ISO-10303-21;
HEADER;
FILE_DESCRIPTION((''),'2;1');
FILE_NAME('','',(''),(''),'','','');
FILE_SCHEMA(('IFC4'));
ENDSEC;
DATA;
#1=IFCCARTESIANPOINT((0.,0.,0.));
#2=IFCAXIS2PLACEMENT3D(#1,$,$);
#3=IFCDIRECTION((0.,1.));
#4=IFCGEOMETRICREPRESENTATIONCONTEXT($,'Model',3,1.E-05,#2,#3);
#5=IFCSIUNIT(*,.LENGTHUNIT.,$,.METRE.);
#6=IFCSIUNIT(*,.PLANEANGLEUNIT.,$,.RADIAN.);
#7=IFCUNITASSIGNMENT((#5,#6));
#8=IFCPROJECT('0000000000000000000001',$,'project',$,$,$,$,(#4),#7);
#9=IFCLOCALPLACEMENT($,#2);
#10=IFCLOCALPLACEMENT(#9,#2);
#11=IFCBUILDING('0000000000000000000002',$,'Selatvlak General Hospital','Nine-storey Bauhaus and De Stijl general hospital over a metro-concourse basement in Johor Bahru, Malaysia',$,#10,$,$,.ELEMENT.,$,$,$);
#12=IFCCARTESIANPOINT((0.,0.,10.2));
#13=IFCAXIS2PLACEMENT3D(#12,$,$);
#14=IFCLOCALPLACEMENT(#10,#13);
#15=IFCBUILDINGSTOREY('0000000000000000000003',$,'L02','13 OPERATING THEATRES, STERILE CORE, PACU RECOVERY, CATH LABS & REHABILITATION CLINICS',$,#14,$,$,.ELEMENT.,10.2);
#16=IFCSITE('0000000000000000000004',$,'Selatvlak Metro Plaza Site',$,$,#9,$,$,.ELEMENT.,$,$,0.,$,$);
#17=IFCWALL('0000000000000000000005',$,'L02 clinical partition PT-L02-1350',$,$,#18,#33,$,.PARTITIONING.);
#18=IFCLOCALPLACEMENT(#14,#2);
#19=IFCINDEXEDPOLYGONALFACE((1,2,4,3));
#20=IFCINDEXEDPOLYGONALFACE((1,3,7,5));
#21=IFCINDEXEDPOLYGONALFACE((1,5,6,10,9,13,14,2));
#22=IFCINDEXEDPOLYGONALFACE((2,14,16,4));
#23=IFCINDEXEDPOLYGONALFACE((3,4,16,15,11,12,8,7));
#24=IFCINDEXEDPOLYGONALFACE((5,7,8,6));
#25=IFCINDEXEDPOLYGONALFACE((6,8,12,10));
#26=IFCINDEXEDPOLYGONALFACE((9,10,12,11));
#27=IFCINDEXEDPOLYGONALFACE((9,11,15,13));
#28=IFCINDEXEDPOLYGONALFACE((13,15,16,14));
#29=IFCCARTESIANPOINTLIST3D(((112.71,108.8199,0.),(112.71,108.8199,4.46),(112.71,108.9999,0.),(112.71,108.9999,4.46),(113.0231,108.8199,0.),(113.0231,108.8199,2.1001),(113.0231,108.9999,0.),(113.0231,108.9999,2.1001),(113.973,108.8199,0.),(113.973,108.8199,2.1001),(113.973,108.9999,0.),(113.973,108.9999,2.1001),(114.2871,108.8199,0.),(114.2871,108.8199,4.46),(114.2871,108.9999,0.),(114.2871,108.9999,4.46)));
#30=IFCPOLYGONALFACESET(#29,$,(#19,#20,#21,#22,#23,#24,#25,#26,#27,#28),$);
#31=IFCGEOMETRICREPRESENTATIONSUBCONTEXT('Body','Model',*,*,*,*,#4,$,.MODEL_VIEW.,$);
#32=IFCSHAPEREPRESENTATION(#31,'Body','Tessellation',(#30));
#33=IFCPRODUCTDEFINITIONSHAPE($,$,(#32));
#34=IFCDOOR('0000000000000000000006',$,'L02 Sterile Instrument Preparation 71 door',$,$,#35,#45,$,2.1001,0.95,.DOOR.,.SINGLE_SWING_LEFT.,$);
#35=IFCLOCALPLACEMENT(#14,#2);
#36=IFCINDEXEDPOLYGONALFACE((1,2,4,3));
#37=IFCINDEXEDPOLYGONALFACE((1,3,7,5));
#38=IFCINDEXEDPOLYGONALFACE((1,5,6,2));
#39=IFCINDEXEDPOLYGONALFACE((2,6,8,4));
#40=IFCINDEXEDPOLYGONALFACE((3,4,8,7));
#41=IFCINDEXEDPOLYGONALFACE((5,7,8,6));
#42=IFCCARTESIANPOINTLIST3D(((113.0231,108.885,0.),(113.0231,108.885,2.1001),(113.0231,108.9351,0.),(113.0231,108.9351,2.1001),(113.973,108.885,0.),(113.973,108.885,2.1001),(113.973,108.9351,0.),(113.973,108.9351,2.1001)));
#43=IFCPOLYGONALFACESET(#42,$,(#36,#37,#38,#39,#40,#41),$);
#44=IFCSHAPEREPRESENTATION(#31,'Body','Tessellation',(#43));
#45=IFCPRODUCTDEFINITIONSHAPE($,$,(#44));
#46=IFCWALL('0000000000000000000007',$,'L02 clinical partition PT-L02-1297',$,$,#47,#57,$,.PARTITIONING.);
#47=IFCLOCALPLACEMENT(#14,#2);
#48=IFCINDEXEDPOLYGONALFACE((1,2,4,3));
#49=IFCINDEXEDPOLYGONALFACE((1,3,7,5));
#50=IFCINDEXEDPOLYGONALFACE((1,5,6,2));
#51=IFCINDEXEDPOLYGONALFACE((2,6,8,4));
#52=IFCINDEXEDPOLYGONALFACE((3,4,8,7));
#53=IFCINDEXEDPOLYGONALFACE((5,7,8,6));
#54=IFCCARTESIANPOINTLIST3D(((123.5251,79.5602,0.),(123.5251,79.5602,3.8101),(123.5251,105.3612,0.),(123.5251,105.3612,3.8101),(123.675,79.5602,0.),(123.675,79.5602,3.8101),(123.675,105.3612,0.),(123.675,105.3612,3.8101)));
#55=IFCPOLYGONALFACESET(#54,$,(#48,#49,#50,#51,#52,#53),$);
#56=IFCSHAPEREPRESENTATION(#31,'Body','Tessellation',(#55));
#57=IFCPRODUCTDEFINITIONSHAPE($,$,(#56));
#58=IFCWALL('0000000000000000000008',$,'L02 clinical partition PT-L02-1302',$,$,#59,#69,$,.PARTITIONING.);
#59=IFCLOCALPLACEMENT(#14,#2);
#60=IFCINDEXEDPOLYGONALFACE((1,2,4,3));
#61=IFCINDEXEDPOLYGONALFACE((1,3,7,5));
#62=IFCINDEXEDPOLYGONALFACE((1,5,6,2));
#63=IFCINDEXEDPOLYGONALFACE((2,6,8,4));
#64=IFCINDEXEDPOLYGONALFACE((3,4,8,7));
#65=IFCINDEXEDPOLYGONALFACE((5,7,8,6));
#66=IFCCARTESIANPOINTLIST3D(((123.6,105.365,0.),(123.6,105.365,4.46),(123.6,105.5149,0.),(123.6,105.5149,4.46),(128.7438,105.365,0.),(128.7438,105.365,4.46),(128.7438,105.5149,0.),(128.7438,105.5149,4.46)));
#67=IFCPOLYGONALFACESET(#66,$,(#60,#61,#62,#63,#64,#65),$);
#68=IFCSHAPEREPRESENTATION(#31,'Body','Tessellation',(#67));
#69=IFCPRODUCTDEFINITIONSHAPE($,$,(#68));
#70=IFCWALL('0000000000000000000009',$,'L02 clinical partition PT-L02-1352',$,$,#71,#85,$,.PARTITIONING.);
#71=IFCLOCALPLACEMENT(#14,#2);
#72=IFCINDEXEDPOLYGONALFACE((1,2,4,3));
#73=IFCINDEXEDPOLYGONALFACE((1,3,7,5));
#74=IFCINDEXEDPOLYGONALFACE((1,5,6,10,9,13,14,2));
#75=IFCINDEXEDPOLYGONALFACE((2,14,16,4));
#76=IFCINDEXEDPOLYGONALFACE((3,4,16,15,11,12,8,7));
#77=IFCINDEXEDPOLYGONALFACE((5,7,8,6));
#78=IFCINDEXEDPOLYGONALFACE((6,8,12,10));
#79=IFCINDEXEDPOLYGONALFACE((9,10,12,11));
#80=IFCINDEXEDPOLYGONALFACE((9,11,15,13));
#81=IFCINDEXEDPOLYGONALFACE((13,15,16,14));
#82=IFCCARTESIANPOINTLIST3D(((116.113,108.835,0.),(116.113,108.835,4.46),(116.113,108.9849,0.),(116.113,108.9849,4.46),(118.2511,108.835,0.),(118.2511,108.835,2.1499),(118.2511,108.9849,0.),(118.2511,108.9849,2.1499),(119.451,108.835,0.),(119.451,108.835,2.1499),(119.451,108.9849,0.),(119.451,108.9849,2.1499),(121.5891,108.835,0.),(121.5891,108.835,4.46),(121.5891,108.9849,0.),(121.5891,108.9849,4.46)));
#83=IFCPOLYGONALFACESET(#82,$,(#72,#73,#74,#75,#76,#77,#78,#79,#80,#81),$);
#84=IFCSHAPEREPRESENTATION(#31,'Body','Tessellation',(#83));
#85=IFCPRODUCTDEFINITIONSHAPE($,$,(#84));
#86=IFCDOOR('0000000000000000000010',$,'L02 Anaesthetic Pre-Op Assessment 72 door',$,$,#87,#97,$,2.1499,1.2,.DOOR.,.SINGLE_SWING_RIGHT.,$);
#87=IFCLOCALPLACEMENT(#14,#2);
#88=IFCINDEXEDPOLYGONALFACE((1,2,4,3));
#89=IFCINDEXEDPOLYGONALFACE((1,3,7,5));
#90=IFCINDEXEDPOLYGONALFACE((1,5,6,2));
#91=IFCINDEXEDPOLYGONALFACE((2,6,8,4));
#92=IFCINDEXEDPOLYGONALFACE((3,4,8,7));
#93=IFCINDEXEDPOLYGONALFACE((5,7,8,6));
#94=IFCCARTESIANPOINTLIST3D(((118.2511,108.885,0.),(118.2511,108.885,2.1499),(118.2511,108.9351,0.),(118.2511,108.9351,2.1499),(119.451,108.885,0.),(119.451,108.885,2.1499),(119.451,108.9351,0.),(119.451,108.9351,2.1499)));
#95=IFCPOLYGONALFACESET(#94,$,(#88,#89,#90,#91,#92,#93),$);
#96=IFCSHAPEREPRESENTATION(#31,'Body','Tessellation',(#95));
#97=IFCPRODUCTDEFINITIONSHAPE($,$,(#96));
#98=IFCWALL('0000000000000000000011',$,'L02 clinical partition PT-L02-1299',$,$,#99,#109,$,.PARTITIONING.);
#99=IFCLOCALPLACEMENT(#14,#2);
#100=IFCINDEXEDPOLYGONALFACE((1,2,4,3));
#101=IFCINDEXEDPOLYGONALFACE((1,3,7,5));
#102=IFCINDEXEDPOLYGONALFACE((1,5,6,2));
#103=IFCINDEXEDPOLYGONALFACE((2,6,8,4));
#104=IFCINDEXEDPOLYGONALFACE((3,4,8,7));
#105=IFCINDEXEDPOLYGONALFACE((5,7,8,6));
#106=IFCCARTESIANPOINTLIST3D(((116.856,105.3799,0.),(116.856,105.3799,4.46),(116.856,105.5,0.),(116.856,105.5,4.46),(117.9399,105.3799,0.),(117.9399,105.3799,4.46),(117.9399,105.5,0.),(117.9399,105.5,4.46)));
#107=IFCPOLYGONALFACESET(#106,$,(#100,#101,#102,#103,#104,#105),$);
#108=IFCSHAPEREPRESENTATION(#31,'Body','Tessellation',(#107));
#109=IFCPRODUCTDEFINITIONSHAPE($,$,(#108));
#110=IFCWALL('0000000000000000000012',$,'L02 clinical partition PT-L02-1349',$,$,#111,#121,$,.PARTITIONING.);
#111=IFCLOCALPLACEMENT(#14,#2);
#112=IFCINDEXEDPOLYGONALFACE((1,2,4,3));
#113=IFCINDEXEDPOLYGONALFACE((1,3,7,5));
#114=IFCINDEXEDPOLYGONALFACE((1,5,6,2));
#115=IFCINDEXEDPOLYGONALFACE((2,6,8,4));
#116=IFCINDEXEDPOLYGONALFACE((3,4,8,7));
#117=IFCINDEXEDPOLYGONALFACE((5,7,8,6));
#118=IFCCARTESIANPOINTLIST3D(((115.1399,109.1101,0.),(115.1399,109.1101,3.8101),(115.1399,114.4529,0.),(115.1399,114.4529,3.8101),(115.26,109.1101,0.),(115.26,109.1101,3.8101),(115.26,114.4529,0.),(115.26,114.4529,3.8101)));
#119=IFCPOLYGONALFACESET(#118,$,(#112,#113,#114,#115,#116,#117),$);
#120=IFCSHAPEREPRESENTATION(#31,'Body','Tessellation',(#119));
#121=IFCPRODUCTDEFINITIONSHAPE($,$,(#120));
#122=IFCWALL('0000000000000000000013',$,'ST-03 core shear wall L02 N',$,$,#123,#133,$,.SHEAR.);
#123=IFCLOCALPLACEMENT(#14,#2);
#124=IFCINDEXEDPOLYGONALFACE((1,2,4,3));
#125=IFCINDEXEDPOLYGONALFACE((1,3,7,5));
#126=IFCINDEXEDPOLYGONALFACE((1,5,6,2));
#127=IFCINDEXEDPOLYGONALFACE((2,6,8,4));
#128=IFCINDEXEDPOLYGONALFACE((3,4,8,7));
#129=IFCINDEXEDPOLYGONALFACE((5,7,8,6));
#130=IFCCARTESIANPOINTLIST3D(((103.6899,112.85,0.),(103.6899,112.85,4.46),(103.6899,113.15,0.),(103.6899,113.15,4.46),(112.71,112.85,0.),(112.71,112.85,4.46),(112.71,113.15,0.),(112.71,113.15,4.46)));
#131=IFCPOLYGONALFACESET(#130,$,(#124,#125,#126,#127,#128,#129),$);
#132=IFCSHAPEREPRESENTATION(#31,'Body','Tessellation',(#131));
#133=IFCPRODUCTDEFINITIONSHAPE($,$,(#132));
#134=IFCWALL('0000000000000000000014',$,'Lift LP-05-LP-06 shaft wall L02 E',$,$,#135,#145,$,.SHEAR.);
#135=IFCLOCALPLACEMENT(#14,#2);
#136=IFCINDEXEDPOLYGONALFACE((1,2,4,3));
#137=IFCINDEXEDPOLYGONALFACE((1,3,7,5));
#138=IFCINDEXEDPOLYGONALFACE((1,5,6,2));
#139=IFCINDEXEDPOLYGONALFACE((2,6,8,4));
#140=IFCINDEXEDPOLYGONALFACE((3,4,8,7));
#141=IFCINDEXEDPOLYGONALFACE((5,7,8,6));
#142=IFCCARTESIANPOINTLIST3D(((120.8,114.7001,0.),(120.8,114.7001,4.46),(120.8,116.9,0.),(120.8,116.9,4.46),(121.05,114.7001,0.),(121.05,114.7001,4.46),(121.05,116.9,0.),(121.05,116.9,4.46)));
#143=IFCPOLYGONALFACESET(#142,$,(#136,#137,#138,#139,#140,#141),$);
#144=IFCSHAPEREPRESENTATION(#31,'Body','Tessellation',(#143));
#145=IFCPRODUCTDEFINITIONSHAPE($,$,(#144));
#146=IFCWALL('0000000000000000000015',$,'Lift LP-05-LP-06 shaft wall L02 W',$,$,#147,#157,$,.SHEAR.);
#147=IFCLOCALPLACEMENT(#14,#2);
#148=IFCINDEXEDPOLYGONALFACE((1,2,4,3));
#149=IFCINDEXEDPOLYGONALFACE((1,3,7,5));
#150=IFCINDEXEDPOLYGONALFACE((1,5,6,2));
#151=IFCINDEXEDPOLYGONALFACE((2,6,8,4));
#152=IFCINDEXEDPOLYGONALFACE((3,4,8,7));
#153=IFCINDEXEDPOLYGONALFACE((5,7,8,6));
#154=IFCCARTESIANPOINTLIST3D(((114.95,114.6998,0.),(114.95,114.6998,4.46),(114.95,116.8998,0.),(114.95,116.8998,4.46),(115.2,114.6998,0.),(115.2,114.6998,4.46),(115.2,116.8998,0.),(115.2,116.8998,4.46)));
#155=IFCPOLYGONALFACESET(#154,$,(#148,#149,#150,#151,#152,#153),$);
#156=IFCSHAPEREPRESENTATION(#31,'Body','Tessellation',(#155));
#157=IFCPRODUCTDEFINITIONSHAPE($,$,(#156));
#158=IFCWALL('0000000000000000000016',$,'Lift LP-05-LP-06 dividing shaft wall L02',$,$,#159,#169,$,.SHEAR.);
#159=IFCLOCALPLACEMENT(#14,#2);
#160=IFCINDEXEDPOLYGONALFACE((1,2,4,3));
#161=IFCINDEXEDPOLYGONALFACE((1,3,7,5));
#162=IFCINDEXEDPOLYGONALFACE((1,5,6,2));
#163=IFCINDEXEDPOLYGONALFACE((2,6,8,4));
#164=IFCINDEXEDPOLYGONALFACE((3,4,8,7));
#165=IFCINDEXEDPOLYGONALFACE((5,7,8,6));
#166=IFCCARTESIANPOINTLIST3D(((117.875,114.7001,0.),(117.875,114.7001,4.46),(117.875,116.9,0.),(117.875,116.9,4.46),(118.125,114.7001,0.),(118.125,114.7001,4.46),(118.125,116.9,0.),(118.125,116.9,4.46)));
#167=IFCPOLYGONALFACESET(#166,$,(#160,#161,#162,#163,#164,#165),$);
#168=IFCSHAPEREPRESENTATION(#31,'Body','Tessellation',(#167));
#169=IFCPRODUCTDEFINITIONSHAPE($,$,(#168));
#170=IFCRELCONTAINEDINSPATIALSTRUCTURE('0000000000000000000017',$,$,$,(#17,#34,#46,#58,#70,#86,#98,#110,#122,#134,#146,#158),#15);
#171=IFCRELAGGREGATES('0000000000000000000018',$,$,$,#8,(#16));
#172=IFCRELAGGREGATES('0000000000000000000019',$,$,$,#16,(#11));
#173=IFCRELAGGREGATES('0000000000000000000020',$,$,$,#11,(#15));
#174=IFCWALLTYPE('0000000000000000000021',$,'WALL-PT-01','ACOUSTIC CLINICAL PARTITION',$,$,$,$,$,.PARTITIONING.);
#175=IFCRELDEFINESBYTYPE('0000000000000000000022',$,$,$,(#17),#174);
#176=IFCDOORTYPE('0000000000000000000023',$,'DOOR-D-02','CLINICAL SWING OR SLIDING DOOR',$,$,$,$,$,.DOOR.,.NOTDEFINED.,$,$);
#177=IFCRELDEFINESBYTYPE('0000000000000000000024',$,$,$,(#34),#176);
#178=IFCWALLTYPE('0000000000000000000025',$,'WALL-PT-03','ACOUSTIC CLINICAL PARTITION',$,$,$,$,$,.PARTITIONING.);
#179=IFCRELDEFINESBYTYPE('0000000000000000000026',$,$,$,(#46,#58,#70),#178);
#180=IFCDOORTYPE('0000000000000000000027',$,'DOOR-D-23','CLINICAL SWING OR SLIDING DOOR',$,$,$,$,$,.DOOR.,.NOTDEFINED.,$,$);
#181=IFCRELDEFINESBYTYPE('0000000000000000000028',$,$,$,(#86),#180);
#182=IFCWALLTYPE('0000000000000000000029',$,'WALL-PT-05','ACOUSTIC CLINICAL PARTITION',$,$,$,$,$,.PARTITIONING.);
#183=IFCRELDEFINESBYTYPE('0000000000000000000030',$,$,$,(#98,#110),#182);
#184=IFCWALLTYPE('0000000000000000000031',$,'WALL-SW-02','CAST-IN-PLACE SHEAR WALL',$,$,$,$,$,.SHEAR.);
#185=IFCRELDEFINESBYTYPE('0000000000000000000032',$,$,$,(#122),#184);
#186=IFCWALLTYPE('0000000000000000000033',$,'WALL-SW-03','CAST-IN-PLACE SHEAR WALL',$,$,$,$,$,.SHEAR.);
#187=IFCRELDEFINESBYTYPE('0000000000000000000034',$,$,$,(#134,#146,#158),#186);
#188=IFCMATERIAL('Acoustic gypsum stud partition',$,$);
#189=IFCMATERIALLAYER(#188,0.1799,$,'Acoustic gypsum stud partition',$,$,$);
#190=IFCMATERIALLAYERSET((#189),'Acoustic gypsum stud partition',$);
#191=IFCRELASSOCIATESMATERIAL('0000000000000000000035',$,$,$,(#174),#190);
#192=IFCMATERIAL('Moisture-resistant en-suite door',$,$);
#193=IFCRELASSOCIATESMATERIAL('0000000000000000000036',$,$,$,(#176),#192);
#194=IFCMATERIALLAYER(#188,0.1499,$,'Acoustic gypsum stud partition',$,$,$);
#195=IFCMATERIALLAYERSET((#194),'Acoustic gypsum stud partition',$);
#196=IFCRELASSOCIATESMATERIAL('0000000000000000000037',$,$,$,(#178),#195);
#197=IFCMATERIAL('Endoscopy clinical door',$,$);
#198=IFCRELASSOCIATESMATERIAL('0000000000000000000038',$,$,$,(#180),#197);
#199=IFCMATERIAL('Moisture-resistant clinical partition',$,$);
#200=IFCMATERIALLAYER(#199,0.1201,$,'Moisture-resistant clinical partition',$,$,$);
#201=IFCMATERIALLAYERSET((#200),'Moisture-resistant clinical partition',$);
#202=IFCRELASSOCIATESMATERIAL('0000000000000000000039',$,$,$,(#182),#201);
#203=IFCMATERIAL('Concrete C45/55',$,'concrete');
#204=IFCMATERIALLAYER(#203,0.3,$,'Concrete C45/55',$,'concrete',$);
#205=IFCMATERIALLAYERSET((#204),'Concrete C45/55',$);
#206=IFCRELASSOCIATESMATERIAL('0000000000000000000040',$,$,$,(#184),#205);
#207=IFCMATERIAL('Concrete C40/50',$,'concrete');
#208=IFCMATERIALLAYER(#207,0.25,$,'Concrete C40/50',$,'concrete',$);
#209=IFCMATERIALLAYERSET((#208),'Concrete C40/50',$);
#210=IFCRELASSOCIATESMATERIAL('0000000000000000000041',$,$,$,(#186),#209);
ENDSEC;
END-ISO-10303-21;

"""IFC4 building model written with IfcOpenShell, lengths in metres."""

from ifc_helpers import new_model, si_unit, direction, frame, frame_2d, origin, place, context, subcontext, project, spatial, rectangle, extrude, material, layer, layer_set, type_object, element, fill, save


model = new_model("IFC4")

# Units and contexts
model_context = context("Model", 3, precision=1e-05, world=origin(), true_north=direction((0.0, 1.0)))
body_context = subcontext(model_context, "Body", "Model", "MODEL_VIEW")
ifc_project = project(units=[si_unit("LENGTHUNIT", "METRE"), si_unit("PLANEANGLEUNIT", "RADIAN")], contexts=[model_context])

# Site, building, storey
site_placement = place(None, origin())
site = spatial("IfcSite", under=ifc_project, at=site_placement, Name="Selatvlak Metro Plaza Site", CompositionType="ELEMENT", RefElevation=0.0)
building_placement = place(site_placement, origin())
building = spatial("IfcBuilding", under=site, at=building_placement, Name="Selatvlak General Hospital", Description="Nine-storey Bauhaus and De Stijl general hospital over a metro-concourse basement in Johor Bahru, Malaysia", CompositionType="ELEMENT")
storey_placement = place(building_placement, frame((0.0, 0.0, 10.2)))
storey = spatial("IfcBuildingStorey", under=building, at=storey_placement, Name="L02", Description="13 OPERATING THEATRES, STERILE CORE, PACU RECOVERY, CATH LABS & REHABILITATION CLINICS", CompositionType="ELEMENT", Elevation=10.2)

# Shared definitions
ifc_material_1 = material(Name="Concrete C40/50", Category="concrete")

# Shared definitions
ifc_material_2 = material(Name="Acoustic gypsum stud partition")
ifc_layer_1 = layer(ifc_material_2, 0.1799, Name="Acoustic gypsum stud partition")
ifc_layer_set_1 = layer_set([ifc_layer_1], Name="Acoustic gypsum stud partition")
wall_type_1 = type_object("IfcWallType", Name="WALL-PT-01", Description="ACOUSTIC CLINICAL PARTITION", PredefinedType="PARTITIONING", material=ifc_layer_set_1)

# Wall, opening, door
wall_1_placement = place(storey_placement, frame((114.2871, 108.9099, 0.0), z_axis=(0.0, 0.0, 1.0), x_axis=(-1.0, 0.0, 0.0)))
wall_1 = element("IfcWall", 1, at=wall_1_placement, inside=storey, type_object=wall_type_1, Name="L02 clinical partition PT-L02-1350", PredefinedType="PARTITIONING", context=body_context, shape_type="SweptSolid", body=[
    extrude(rectangle(XDim=1.5771, YDim=0.1799, at=frame_2d((0.7886, 0.0))), origin(), (0.0, 0.0, 1.0), 4.46),
])
opening_1_placement = place(wall_1_placement, frame((0.314, 0.0, 0.0)))
opening_1 = element("IfcOpeningElement", 2, at=opening_1_placement, cuts=wall_1, PredefinedType="OPENING", context=body_context, shape_type="SweptSolid", body=[
    extrude(rectangle(XDim=0.95, YDim=2.1001, at=frame_2d((0.4751, 1.05))), frame((0.0, 0.0999, 0.0), z_axis=(0.0, -1.0, 0.0), x_axis=(1.0, 0.0, 0.0)), (0.0, 0.0, 1.0), 0.2),
])
ifc_material_3 = material(Name="Moisture-resistant en-suite door")
door_type_1 = type_object("IfcDoorType", Name="DOOR-D-02", Description="CLINICAL SWING OR SLIDING DOOR", OperationType="NOTDEFINED", PredefinedType="DOOR", material=ifc_material_3)
door_1_placement = place(opening_1_placement, origin())
door_1 = element("IfcDoor", 3, at=door_1_placement, inside=storey, type_object=door_type_1, Name="L02 Sterile Instrument Preparation 71 door", OperationType="SINGLE_SWING_LEFT", OverallHeight=2.1001, OverallWidth=0.95, PredefinedType="DOOR", context=body_context, shape_type="SweptSolid", body=[
    extrude(rectangle(XDim=0.95, YDim=2.1001, at=frame_2d((0.4751, 1.05))), frame((0.0, 0.0249, 0.0), z_axis=(0.0, -1.0, 0.0), x_axis=(1.0, 0.0, 0.0)), (0.0, 0.0, 1.0), 0.05),
])
fill(opening_1, door_1)

# Walls
ifc_layer_2 = layer(ifc_material_2, 0.1499, Name="Acoustic gypsum stud partition")
ifc_layer_set_2 = layer_set([ifc_layer_2], Name="Acoustic gypsum stud partition")
wall_type_2 = type_object("IfcWallType", Name="WALL-PT-03", Description="ACOUSTIC CLINICAL PARTITION", PredefinedType="PARTITIONING", material=ifc_layer_set_2)
wall_2_placement = place(storey_placement, frame((123.6001, 105.3611, 0.0), z_axis=(0.0, 0.0, 1.0), x_axis=(0.0, -1.0, 0.0)))
element("IfcWall", 4, at=wall_2_placement, inside=storey, type_object=wall_type_2, Name="L02 clinical partition PT-L02-1297", PredefinedType="PARTITIONING", context=body_context, shape_type="SweptSolid", body=[
    extrude(rectangle(XDim=25.801, YDim=0.1499, at=frame_2d((12.9004, 0.0))), origin(), (0.0, 0.0, 1.0), 3.8101),
])
wall_3_placement = place(storey_placement, frame((123.6001, 105.4399, 0.0), z_axis=(0.0, 0.0, 1.0), x_axis=(1.0, 0.0, 0.0)))
element("IfcWall", 5, at=wall_3_placement, inside=storey, type_object=wall_type_2, Name="L02 clinical partition PT-L02-1302", PredefinedType="PARTITIONING", context=body_context, shape_type="SweptSolid", body=[
    extrude(rectangle(XDim=5.1438, YDim=0.1499, at=frame_2d((2.5718, 0.0))), origin(), (0.0, 0.0, 1.0), 4.46),
])

# Wall, opening, door
wall_4_placement = place(storey_placement, frame((121.5891, 108.9099, 0.0), z_axis=(0.0, 0.0, 1.0), x_axis=(-1.0, 0.0, 0.0)))
wall_4 = element("IfcWall", 6, at=wall_4_placement, inside=storey, type_object=wall_type_2, Name="L02 clinical partition PT-L02-1352", PredefinedType="PARTITIONING", context=body_context, shape_type="SweptSolid", body=[
    extrude(rectangle(XDim=5.4761, YDim=0.1499, at=frame_2d((2.738, 0.0))), origin(), (0.0, 0.0, 1.0), 4.46),
])
opening_2_placement = place(wall_4_placement, frame((2.1379, 0.0, 0.0)))
opening_2 = element("IfcOpeningElement", 7, at=opening_2_placement, cuts=wall_4, PredefinedType="OPENING", context=body_context, shape_type="SweptSolid", body=[
    extrude(rectangle(XDim=1.2, YDim=2.1499, at=frame_2d((0.6001, 1.075))), frame((0.0, 0.085, 0.0), z_axis=(0.0, -1.0, 0.0), x_axis=(1.0, 0.0, 0.0)), (0.0, 0.0, 1.0), 0.1699),
])
ifc_material_4 = material(Name="Endoscopy clinical door")
door_type_2 = type_object("IfcDoorType", Name="DOOR-D-23", Description="CLINICAL SWING OR SLIDING DOOR", OperationType="NOTDEFINED", PredefinedType="DOOR", material=ifc_material_4)
door_2_placement = place(opening_2_placement, origin())
door_2 = element("IfcDoor", 8, at=door_2_placement, inside=storey, type_object=door_type_2, Name="L02 Anaesthetic Pre-Op Assessment 72 door", OperationType="SINGLE_SWING_RIGHT", OverallHeight=2.1499, OverallWidth=1.2, PredefinedType="DOOR", context=body_context, shape_type="SweptSolid", body=[
    extrude(rectangle(XDim=1.2, YDim=2.1499, at=frame_2d((0.6001, 1.075))), frame((0.0, 0.0249, 0.0), z_axis=(0.0, -1.0, 0.0), x_axis=(1.0, 0.0, 0.0)), (0.0, 0.0, 1.0), 0.05),
])
fill(opening_2, door_2)

# Walls
ifc_material_5 = material(Name="Moisture-resistant clinical partition")
ifc_layer_3 = layer(ifc_material_5, 0.1201, Name="Moisture-resistant clinical partition")
ifc_layer_set_3 = layer_set([ifc_layer_3], Name="Moisture-resistant clinical partition")
wall_type_3 = type_object("IfcWallType", Name="WALL-PT-05", Description="ACOUSTIC CLINICAL PARTITION", PredefinedType="PARTITIONING", material=ifc_layer_set_3)
wall_5_placement = place(storey_placement, frame((116.856, 105.4399, 0.0), z_axis=(0.0, 0.0, 1.0), x_axis=(1.0, 0.0, 0.0)))
element("IfcWall", 9, at=wall_5_placement, inside=storey, type_object=wall_type_3, Name="L02 clinical partition PT-L02-1299", PredefinedType="PARTITIONING", context=body_context, shape_type="SweptSolid", body=[
    extrude(rectangle(XDim=1.084, YDim=0.1201, at=frame_2d((0.542, 0.0))), origin(), (0.0, 0.0, 1.0), 4.46),
])
wall_6_placement = place(storey_placement, frame((115.2, 114.4529, 0.0), z_axis=(0.0, 0.0, 1.0), x_axis=(0.0, -1.0, 0.0)))
element("IfcWall", 10, at=wall_6_placement, inside=storey, type_object=wall_type_3, Name="L02 clinical partition PT-L02-1349", PredefinedType="PARTITIONING", context=body_context, shape_type="SweptSolid", body=[
    extrude(rectangle(XDim=5.3428, YDim=0.1201, at=frame_2d((2.6714, 0.0))), origin(), (0.0, 0.0, 1.0), 3.8101),
])
ifc_material_6 = material(Name="Concrete C45/55", Category="concrete")
ifc_layer_4 = layer(ifc_material_6, 0.3, Name="Concrete C45/55", Category="concrete")
ifc_layer_set_4 = layer_set([ifc_layer_4], Name="Concrete C45/55")
wall_type_4 = type_object("IfcWallType", Name="WALL-SW-02", Description="CAST-IN-PLACE SHEAR WALL", PredefinedType="SHEAR", material=ifc_layer_set_4)
wall_7_placement = place(storey_placement, frame((112.71, 113.0, 0.0), z_axis=(0.0, 0.0, 1.0), x_axis=(-1.0, 0.0, 0.0)))
element("IfcWall", 11, at=wall_7_placement, inside=storey, type_object=wall_type_4, Name="ST-03 core shear wall L02 N", PredefinedType="SHEAR", context=body_context, shape_type="SweptSolid", body=[
    extrude(rectangle(XDim=9.02, YDim=0.3, at=frame_2d((4.51, 0.0))), origin(), (0.0, 0.0, 1.0), 4.46),
])

# Shared definitions
ifc_layer_5 = layer(ifc_material_1, 0.25, Name="Concrete C40/50", Category="concrete")
ifc_layer_set_5 = layer_set([ifc_layer_5], Name="Concrete C40/50")
wall_type_5 = type_object("IfcWallType", Name="WALL-SW-03", Description="CAST-IN-PLACE SHEAR WALL", PredefinedType="SHEAR", material=ifc_layer_set_5)

# Walls
for number, where, z_axis, x_axis, name in (
    (12, (120.925, 114.7, 0.0), (0.0, 0.0, 1.0), (0.0, 1.0, 0.0), "Lift LP-05-LP-06 shaft wall L02 E"),
    (13, (115.075, 116.8999, 0.0), (0.0, 0.0, 1.0), (0.0, -1.0, 0.0), "Lift LP-05-LP-06 shaft wall L02 W"),
    (14, (118.0, 114.7, 0.0), (0.0, 0.0, 1.0), (0.0, 1.0, 0.0), "Lift LP-05-LP-06 dividing shaft wall L02"),
):
    element("IfcWall", number, at=place(storey_placement, frame(where, z_axis=z_axis, x_axis=x_axis)), inside=storey, type_object=wall_type_5, Name=name, PredefinedType="SHEAR", context=body_context, shape_type="SweptSolid", body=[
        extrude(rectangle(XDim=2.2, YDim=0.25, at=frame_2d((1.1001, 0.0))), origin(), (0.0, 0.0, 1.0), 4.46),
    ])

save(model, "model.ifc")
